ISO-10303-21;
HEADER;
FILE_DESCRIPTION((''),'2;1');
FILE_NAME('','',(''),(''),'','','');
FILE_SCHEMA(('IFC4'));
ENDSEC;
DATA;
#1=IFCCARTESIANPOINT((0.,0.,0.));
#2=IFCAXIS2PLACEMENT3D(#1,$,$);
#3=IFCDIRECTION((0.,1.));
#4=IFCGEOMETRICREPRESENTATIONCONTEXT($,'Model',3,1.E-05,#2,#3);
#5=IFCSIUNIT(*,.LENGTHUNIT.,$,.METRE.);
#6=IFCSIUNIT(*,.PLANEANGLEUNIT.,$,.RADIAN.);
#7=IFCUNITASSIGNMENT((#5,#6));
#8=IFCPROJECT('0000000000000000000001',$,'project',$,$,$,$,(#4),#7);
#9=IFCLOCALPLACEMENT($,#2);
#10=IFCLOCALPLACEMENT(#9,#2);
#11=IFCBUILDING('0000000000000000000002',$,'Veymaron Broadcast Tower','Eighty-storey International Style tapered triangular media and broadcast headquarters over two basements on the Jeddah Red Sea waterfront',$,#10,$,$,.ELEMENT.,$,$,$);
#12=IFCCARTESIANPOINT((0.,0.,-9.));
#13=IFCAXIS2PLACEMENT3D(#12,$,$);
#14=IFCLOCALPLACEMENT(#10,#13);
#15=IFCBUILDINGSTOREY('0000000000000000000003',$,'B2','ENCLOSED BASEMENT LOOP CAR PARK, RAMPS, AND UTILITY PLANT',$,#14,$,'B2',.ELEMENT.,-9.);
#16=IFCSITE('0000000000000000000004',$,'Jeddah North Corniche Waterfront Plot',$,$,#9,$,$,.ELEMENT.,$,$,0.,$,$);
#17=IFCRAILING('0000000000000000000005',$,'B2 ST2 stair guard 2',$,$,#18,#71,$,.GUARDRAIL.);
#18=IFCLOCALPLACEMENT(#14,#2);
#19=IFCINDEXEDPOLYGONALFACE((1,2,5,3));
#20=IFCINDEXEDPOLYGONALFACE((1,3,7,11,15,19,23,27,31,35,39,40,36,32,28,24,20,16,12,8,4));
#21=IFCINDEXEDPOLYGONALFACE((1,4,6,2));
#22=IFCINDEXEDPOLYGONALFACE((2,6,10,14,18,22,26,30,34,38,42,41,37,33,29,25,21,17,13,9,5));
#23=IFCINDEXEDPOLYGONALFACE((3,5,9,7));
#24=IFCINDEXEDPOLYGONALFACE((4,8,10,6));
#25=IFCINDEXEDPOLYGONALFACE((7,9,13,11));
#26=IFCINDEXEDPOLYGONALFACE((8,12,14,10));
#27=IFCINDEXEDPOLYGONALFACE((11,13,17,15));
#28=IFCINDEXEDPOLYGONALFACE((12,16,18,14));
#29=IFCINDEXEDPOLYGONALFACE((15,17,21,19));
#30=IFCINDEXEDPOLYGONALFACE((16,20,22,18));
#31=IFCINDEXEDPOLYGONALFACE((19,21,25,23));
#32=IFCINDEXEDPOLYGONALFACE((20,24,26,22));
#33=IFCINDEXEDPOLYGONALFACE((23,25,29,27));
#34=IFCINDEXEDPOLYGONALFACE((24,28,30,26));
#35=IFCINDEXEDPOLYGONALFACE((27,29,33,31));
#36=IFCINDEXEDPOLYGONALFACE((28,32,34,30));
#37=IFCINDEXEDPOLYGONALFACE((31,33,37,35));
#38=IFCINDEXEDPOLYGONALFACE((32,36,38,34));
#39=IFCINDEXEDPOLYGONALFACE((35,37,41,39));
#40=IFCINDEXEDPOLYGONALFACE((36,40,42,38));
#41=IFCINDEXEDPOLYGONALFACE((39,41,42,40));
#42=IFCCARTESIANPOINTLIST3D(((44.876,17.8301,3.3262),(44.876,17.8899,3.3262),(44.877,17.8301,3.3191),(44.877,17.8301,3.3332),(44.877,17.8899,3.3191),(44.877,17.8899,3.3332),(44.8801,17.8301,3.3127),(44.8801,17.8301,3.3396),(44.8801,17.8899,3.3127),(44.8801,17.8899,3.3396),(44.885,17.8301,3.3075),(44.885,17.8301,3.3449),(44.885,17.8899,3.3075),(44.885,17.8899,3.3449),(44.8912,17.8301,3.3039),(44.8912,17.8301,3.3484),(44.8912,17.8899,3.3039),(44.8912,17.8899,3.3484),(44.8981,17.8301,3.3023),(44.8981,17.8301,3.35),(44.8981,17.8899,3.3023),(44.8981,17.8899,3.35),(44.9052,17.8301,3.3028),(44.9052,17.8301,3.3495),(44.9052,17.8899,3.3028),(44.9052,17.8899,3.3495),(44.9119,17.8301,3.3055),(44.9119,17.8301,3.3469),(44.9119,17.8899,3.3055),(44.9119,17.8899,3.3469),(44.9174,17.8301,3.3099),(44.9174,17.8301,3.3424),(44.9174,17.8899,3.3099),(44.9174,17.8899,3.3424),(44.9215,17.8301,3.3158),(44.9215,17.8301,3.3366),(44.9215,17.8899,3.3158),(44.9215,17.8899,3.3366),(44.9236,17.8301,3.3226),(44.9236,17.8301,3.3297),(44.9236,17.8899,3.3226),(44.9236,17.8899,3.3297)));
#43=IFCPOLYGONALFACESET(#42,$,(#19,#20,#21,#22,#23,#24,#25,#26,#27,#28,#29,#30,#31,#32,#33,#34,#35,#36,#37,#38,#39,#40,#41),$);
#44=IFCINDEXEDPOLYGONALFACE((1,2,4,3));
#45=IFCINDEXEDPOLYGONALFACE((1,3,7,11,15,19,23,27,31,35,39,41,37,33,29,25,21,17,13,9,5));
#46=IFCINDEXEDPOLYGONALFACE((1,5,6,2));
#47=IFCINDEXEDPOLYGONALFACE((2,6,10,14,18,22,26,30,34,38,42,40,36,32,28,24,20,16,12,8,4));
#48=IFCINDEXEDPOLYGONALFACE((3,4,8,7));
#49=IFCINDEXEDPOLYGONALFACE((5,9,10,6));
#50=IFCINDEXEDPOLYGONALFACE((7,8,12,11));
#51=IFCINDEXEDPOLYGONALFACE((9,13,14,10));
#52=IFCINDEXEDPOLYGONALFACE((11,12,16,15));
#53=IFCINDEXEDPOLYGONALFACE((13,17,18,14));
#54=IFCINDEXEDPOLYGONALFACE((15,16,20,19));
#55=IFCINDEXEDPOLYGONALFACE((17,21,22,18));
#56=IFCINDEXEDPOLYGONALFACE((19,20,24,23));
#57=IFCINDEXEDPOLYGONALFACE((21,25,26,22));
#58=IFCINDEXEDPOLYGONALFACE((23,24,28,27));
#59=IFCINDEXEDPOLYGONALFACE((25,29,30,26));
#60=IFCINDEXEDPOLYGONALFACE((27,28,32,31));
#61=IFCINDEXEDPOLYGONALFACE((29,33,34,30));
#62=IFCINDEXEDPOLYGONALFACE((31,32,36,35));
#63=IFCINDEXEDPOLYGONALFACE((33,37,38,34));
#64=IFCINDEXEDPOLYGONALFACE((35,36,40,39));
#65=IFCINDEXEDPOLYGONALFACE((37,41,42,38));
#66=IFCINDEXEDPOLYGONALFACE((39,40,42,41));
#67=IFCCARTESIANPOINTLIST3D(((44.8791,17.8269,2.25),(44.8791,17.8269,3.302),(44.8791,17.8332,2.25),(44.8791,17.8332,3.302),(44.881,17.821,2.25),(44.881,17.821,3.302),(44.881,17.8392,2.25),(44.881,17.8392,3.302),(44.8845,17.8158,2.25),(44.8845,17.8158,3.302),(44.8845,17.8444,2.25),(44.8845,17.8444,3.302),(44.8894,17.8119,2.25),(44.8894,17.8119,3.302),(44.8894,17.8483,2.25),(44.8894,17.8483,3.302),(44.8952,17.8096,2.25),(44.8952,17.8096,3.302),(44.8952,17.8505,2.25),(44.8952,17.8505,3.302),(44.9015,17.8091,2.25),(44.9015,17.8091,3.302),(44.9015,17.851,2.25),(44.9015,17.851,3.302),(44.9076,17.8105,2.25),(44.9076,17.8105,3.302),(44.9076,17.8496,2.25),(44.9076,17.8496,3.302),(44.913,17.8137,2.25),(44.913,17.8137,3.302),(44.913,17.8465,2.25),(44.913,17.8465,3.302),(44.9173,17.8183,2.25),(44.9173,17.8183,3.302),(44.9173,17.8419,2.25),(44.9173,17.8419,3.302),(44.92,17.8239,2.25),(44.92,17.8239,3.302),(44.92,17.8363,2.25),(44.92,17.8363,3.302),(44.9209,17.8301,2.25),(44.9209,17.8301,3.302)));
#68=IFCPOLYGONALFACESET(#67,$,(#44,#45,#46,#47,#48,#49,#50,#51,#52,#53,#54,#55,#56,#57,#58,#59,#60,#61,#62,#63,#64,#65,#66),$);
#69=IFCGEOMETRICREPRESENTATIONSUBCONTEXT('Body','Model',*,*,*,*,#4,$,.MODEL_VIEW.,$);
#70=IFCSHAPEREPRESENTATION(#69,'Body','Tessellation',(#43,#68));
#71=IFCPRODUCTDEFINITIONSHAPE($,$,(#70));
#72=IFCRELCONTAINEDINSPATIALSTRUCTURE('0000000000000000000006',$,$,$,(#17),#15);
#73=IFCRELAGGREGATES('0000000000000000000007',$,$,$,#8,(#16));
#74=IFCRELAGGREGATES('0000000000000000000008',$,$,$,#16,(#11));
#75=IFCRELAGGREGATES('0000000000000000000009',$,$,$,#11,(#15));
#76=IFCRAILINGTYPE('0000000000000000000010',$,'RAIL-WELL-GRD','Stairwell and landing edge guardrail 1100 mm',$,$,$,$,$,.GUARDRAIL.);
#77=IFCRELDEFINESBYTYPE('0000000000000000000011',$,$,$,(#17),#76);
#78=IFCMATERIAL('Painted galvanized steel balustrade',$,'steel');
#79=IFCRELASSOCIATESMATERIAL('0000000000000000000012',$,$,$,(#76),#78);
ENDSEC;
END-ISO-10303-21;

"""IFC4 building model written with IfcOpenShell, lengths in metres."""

from ifc_helpers import new_model, si_unit, direction, frame, origin, origin_2d, place, context, subcontext, project, spatial, circle, extrude, material, type_object, element, save


model = new_model("IFC4")

# Units and contexts
model_context = context("Model", 3, precision=1e-05, world=origin(), true_north=direction((0.0, 1.0)))
body_context = subcontext(model_context, "Body", "Model", "MODEL_VIEW")
ifc_project = project(units=[si_unit("LENGTHUNIT", "METRE"), si_unit("PLANEANGLEUNIT", "RADIAN")], contexts=[model_context])

# Site, building, storey
site_placement = place(None, origin())
site = spatial("IfcSite", under=ifc_project, at=site_placement, Name="Jeddah North Corniche Waterfront Plot", CompositionType="ELEMENT", RefElevation=0.0)
building_placement = place(site_placement, origin())
building = spatial("IfcBuilding", under=site, at=building_placement, Name="Veymaron Broadcast Tower", Description="Eighty-storey International Style tapered triangular media and broadcast headquarters over two basements on the Jeddah Red Sea waterfront", CompositionType="ELEMENT")
storey_placement = place(building_placement, frame((0.0, 0.0, -9.0)))
storey = spatial("IfcBuildingStorey", under=building, at=storey_placement, Name="B2", Description="ENCLOSED BASEMENT LOOP CAR PARK, RAMPS, AND UTILITY PLANT", LongName="B2", CompositionType="ELEMENT", Elevation=-9.0)

# Railing
ifc_material_1 = material(Name="Painted galvanized steel balustrade", Category="steel")
railing_type_1 = type_object("IfcRailingType", Name="RAIL-WELL-GRD", Description="Stairwell and landing edge guardrail 1100 mm", PredefinedType="GUARDRAIL", material=ifc_material_1)
railing_1_placement = place(storey_placement, frame((44.8999, 17.8301, 2.25)))
element("IfcRailing", 1, at=railing_1_placement, inside=storey, type_object=railing_type_1, Name="B2 ST2 stair guard 2", PredefinedType="GUARDRAIL", context=body_context, shape_type="SweptSolid", body=[
    extrude(circle(Radius=0.0239, at=origin_2d()), frame((0.0, 0.0, 1.0762), z_axis=(0.0, 1.0, 0.0), x_axis=(-1.0, 0.0, 0.0)), (0.0, 0.0, 1.0), 0.0598),
    extrude(circle(Radius=0.021, at=origin_2d()), origin(), (0.0, 0.0, 1.0), 1.052),
])

save(model, "model.ifc")
